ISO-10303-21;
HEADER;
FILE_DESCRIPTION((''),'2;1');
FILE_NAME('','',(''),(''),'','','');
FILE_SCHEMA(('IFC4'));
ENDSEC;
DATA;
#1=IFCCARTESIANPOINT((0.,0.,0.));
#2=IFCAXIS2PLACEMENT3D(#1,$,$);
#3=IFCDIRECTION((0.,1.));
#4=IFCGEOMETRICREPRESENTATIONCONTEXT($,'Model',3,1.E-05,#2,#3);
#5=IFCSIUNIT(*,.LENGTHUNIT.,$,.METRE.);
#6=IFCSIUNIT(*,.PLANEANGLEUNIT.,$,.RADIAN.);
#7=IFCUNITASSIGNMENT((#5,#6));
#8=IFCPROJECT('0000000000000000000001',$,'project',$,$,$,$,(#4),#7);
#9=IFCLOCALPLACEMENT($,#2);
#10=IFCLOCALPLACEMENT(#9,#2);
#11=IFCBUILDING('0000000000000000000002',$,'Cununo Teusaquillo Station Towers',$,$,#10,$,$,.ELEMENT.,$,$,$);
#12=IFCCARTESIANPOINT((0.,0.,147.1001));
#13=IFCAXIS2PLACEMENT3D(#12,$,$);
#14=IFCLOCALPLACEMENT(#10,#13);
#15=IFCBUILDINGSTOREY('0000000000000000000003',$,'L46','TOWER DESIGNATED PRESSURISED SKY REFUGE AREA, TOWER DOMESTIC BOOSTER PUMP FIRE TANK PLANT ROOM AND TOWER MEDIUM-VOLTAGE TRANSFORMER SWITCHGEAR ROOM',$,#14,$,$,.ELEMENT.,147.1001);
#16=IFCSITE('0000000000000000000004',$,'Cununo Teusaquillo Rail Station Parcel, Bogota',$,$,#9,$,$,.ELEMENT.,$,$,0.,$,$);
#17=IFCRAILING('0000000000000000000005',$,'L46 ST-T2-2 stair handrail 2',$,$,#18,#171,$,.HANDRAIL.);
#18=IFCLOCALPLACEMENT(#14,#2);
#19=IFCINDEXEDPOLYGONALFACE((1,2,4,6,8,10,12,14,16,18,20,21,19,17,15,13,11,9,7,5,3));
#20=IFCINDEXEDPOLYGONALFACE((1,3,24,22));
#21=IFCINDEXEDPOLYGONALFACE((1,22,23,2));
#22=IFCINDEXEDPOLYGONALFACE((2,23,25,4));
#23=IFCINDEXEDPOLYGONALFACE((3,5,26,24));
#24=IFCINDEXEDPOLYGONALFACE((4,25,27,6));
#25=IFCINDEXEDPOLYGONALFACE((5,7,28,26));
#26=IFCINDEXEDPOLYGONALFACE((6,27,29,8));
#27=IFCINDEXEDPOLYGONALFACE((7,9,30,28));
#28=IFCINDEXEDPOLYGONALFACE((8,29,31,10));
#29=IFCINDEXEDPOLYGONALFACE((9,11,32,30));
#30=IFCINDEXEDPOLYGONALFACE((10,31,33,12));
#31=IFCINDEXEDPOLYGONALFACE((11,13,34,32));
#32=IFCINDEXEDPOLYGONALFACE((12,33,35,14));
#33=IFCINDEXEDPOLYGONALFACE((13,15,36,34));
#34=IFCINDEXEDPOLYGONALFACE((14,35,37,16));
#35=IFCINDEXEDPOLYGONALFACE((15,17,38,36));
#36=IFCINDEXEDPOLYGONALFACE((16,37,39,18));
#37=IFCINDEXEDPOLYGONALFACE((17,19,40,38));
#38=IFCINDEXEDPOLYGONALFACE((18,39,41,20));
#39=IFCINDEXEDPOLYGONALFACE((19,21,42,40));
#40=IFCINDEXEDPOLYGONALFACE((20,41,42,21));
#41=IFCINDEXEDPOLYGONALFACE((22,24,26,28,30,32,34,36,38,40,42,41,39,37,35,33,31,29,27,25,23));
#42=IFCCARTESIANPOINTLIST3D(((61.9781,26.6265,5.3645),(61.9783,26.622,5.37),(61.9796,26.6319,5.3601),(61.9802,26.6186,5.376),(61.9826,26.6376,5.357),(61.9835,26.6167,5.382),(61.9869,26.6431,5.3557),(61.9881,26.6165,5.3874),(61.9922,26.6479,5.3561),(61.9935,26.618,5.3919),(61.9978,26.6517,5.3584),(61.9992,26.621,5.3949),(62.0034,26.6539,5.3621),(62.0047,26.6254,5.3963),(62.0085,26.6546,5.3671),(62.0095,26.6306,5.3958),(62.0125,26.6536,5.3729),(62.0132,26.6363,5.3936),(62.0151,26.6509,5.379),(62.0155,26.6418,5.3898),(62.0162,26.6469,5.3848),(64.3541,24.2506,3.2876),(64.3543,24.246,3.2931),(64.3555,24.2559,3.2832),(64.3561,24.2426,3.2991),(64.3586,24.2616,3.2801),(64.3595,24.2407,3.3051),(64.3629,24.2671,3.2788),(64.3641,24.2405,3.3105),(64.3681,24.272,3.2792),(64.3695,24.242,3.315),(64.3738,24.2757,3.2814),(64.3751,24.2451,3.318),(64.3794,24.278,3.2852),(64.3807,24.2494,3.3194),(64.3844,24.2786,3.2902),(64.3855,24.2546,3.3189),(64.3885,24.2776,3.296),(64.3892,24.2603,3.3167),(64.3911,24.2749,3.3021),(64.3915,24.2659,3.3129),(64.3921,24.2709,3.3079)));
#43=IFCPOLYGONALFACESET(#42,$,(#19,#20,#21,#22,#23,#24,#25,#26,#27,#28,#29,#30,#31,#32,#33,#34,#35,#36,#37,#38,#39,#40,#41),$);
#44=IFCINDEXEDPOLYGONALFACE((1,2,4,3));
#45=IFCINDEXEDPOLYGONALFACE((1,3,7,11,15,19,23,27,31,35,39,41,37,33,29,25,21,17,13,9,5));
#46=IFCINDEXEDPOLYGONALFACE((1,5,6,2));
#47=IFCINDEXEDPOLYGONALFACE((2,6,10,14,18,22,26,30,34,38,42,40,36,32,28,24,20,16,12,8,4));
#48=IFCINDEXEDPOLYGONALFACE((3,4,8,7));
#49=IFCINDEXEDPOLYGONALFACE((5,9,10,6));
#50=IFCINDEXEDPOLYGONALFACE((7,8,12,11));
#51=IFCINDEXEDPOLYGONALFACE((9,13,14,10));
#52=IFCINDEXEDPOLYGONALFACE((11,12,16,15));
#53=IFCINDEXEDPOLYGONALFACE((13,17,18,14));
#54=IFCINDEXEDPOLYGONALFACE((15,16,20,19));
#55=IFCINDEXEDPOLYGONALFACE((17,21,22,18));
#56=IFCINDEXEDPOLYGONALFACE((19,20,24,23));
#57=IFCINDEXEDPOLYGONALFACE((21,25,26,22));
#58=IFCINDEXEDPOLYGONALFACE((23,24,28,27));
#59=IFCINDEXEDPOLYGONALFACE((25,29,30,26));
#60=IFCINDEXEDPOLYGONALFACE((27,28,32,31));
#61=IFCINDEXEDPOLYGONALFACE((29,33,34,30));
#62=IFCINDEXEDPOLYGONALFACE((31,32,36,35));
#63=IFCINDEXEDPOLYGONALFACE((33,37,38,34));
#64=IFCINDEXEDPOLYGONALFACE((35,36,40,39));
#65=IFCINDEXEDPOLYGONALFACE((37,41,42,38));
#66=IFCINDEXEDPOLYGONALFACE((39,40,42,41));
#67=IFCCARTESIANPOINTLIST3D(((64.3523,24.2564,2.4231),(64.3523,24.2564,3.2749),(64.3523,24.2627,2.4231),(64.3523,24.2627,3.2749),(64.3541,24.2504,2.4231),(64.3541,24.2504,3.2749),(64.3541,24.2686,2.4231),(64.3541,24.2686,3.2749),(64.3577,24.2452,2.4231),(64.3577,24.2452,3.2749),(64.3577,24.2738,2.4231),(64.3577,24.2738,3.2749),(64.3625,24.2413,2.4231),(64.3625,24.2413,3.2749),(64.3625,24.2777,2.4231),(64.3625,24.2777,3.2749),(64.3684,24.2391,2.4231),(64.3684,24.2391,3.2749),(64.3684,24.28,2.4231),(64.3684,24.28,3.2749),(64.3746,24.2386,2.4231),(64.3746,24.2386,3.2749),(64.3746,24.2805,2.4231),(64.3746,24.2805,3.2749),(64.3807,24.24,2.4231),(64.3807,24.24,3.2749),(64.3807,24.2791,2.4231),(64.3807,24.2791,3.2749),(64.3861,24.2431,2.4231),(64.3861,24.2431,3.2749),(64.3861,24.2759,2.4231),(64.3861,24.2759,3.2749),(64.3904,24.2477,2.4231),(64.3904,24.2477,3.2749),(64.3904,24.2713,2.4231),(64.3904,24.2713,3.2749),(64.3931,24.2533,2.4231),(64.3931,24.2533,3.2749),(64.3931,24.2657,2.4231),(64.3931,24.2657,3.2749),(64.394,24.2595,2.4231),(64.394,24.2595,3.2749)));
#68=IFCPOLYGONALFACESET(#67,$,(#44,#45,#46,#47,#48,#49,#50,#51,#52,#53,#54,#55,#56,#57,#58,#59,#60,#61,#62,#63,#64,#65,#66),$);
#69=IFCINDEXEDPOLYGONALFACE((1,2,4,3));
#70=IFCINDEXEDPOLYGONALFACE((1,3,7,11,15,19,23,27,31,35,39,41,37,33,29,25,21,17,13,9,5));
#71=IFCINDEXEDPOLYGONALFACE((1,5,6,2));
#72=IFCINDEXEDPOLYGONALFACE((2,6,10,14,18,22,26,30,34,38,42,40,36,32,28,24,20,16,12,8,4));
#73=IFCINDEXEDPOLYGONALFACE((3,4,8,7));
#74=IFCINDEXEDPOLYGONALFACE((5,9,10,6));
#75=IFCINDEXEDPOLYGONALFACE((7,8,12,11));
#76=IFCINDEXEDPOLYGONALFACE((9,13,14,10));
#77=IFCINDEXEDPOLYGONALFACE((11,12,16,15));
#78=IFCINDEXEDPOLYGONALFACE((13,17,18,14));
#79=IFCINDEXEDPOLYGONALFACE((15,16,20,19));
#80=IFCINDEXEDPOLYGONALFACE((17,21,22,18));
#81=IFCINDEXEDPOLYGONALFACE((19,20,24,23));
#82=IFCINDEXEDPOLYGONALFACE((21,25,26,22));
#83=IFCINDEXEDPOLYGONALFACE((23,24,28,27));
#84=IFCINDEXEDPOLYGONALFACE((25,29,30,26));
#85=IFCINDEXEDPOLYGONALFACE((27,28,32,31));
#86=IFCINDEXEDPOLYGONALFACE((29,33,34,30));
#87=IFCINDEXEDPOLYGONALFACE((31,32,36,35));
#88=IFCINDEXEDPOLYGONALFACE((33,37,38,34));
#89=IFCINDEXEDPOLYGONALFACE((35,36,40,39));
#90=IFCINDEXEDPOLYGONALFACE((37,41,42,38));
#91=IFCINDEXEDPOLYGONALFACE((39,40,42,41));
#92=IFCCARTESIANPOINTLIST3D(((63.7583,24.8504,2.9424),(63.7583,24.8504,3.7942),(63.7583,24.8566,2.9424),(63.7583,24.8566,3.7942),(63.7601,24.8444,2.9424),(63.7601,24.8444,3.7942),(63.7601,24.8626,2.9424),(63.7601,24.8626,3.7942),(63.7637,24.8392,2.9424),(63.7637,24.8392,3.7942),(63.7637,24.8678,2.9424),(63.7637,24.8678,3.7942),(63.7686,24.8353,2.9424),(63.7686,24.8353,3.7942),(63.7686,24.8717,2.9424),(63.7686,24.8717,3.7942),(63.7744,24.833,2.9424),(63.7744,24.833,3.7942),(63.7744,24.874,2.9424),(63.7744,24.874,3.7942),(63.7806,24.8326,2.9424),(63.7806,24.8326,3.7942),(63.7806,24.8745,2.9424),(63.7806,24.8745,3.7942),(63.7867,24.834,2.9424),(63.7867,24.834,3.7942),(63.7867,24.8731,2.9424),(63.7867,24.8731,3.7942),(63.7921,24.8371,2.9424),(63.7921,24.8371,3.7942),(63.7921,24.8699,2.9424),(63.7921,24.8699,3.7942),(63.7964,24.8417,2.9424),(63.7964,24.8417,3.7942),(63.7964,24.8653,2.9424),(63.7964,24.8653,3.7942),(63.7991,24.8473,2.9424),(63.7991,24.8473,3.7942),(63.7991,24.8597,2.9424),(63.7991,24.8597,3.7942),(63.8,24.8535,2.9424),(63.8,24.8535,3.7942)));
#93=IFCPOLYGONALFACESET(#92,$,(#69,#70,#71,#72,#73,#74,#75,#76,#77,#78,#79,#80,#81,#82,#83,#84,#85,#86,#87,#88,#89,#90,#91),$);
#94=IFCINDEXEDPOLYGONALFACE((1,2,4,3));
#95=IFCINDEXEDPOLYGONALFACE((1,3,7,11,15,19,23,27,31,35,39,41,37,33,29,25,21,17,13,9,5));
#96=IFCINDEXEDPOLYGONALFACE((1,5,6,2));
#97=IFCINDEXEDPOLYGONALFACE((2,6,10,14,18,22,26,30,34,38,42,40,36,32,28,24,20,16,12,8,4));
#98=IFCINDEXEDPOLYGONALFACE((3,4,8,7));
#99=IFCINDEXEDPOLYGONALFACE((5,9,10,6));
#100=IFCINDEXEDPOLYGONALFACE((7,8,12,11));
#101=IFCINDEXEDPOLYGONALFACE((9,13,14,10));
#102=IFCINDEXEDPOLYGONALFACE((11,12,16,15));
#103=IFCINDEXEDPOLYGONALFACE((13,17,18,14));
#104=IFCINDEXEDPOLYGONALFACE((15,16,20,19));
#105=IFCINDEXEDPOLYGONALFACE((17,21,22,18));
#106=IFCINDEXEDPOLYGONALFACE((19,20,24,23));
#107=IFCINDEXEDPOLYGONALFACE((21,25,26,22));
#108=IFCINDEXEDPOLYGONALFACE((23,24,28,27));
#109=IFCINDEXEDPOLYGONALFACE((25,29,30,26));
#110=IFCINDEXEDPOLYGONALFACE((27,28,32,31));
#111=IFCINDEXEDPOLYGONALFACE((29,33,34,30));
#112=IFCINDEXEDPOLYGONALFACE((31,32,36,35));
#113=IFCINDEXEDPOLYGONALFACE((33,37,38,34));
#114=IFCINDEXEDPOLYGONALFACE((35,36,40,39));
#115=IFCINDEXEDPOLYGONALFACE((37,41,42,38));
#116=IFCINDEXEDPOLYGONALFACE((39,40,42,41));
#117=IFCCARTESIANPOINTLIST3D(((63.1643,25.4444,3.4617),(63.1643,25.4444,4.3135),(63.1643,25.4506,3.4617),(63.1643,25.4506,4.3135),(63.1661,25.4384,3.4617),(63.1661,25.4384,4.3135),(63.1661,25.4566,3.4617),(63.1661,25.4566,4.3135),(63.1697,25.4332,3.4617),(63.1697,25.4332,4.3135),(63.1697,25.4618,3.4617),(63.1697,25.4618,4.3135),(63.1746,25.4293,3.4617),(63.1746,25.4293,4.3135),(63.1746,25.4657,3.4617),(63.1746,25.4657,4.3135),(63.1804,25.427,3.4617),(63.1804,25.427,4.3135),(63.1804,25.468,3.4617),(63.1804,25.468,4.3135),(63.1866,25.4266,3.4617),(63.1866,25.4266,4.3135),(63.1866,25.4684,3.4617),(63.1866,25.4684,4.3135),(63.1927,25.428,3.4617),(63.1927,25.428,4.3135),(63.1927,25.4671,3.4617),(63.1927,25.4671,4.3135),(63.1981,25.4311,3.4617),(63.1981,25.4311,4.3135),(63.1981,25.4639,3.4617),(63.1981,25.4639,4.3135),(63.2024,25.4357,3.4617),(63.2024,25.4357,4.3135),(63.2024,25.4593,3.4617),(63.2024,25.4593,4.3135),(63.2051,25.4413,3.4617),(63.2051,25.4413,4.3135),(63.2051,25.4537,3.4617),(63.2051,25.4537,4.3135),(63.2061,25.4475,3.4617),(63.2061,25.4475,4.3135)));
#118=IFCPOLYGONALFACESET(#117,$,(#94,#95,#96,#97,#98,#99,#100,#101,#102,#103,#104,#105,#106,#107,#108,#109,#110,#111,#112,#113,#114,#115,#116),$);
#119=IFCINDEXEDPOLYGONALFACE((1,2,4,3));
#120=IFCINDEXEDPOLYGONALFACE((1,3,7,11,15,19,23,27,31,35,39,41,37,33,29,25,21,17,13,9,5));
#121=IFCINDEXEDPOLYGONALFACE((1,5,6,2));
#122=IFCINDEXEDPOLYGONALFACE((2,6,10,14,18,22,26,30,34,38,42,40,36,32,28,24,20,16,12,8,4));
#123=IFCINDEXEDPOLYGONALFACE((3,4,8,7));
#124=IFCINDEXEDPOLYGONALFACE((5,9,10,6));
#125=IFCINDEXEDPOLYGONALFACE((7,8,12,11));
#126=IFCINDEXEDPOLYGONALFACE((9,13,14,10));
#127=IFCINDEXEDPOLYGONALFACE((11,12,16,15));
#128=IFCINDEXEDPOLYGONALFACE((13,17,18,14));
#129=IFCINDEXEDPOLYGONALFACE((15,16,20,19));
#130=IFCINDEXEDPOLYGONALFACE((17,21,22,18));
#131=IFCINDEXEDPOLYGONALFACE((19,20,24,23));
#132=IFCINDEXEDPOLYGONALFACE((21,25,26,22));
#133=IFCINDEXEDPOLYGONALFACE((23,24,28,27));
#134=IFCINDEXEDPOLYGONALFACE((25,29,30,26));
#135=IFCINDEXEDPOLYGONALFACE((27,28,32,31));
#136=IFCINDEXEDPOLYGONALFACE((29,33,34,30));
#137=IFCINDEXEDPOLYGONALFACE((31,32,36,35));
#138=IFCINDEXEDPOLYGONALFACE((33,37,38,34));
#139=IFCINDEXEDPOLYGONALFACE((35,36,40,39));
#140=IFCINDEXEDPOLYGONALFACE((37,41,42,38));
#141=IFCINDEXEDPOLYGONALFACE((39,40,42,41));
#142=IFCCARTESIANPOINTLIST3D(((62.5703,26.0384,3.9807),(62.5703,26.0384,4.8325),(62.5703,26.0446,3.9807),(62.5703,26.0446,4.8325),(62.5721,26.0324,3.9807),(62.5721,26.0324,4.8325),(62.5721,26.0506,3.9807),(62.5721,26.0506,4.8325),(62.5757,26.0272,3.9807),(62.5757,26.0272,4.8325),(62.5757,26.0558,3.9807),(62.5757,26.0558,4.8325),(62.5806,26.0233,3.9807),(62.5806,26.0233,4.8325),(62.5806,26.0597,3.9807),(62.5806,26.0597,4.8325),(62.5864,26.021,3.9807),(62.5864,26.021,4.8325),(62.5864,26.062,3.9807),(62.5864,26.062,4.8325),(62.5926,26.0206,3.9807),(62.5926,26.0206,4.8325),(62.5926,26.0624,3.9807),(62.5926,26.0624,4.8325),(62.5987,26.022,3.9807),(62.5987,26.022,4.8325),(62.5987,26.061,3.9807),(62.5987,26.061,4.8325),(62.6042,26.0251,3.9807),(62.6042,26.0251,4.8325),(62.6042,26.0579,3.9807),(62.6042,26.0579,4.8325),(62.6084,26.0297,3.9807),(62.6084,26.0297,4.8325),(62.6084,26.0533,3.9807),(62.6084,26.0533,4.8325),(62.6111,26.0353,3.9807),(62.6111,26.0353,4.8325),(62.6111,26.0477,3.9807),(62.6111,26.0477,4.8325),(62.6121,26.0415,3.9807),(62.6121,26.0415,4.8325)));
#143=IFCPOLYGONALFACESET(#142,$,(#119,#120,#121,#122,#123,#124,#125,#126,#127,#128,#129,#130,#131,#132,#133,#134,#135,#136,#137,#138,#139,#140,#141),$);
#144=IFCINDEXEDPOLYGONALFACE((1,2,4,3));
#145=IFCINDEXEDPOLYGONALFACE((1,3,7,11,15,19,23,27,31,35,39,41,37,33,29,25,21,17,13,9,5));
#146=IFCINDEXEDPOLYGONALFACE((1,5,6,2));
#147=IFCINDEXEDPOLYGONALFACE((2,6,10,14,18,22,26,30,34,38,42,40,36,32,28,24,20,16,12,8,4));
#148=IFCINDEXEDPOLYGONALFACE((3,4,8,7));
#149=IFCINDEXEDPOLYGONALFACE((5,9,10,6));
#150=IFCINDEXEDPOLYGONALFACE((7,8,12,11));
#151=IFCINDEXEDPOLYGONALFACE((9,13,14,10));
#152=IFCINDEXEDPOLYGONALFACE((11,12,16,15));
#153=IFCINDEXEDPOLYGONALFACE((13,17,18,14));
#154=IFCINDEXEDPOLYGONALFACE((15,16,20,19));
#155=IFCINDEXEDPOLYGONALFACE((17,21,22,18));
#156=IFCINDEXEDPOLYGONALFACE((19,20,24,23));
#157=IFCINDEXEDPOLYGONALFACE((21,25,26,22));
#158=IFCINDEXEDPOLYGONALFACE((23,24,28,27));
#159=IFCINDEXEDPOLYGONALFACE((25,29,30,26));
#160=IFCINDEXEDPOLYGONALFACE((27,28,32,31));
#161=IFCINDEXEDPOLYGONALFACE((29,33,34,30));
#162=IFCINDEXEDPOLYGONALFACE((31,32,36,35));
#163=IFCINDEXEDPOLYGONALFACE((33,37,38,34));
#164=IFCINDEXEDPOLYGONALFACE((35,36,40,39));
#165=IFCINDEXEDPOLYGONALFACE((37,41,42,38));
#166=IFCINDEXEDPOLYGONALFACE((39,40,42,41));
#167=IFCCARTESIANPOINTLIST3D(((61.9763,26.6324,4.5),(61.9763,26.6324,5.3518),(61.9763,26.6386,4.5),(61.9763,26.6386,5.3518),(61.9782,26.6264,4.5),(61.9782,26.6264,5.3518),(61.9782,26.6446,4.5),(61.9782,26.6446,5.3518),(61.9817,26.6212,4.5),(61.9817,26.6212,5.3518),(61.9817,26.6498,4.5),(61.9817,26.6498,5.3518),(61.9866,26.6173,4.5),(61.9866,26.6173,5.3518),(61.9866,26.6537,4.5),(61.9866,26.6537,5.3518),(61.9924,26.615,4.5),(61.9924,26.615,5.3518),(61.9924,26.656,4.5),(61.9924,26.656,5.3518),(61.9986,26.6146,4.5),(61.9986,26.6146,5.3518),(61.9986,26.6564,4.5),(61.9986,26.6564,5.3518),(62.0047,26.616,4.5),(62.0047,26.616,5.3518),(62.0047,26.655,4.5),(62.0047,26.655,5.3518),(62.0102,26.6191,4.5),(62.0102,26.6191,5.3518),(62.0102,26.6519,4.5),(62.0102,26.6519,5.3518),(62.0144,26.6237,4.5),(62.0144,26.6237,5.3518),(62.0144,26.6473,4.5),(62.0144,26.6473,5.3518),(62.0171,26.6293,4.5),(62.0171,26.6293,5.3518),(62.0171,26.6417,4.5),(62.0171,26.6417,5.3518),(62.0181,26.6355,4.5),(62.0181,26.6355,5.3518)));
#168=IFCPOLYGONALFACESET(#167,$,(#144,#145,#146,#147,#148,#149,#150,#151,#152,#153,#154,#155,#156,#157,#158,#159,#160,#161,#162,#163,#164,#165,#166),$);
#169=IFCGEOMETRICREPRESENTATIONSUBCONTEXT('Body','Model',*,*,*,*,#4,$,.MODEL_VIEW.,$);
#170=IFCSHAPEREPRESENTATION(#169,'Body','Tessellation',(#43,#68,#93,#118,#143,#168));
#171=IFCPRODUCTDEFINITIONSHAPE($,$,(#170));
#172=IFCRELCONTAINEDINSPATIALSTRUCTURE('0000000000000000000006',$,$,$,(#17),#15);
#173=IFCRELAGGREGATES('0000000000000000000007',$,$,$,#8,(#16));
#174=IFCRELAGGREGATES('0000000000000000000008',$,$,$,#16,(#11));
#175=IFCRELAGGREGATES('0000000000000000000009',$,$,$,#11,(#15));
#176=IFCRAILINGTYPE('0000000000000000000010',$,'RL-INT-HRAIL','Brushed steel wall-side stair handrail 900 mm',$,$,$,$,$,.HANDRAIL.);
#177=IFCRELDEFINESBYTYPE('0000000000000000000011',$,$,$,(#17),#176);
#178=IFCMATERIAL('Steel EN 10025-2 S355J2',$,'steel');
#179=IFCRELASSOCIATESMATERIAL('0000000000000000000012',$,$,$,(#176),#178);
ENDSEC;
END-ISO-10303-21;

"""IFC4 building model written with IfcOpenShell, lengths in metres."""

from ifc_helpers import new_model, si_unit, direction, frame, origin, origin_2d, place, context, subcontext, project, spatial, circle, extrude, material, type_object, element, save


model = new_model("IFC4")

# Units and contexts
model_context = context("Model", 3, precision=1e-05, world=origin(), true_north=direction((0.0, 1.0)))
body_context = subcontext(model_context, "Body", "Model", "MODEL_VIEW")
ifc_project = project(units=[si_unit("LENGTHUNIT", "METRE"), si_unit("PLANEANGLEUNIT", "RADIAN")], contexts=[model_context])

# Site, building, storey
site_placement = place(None, origin())
site = spatial("IfcSite", under=ifc_project, at=site_placement, Name="Cununo Teusaquillo Rail Station Parcel, Bogota", CompositionType="ELEMENT", RefElevation=0.0)
building_placement = place(site_placement, origin())
building = spatial("IfcBuilding", under=site, at=building_placement, Name="Cununo Teusaquillo Station Towers", CompositionType="ELEMENT")
storey_placement = place(building_placement, frame((0.0, 0.0, 147.1001)))
storey = spatial("IfcBuildingStorey", under=building, at=storey_placement, Name="L46", Description="TOWER DESIGNATED PRESSURISED SKY REFUGE AREA, TOWER DOMESTIC BOOSTER PUMP FIRE TANK PLANT ROOM AND TOWER MEDIUM-VOLTAGE TRANSFORMER SWITCHGEAR ROOM", CompositionType="ELEMENT", Elevation=147.1001)

# Railing
ifc_material_1 = material(Name="Steel EN 10025-2 S355J2", Category="steel")
railing_type_1 = type_object("IfcRailingType", Name="RL-INT-HRAIL", Description="Brushed steel wall-side stair handrail 900 mm", PredefinedType="HANDRAIL", material=ifc_material_1)
railing_1_placement = place(storey_placement, frame((64.373, 24.2595, 2.4231)))
element("IfcRailing", 1, at=railing_1_placement, inside=storey, type_object=railing_type_1, Name="L46 ST-T2-2 stair handrail 2", PredefinedType="HANDRAIL", context=body_context, shape_type="SweptSolid", body=[
    extrude(circle(Radius=0.0239, at=origin_2d()), frame((0.0, 0.0, 0.876), z_axis=(-0.601483, 0.601483, 0.525772), x_axis=(-0.707107, -0.707107, 0.0)), (0.0, 0.0, 1.0), 3.9502),
    extrude(circle(Radius=0.021, at=origin_2d()), origin(), (0.0, 0.0, 1.0), 0.8518),
    extrude(circle(Radius=0.021, at=origin_2d()), frame((-0.594, 0.594, 0.5193)), (0.0, 0.0, 1.0), 0.8518),
    extrude(circle(Radius=0.021, at=origin_2d()), frame((-1.188, 1.188, 1.0386)), (0.0, 0.0, 1.0), 0.8518),
    extrude(circle(Radius=0.021, at=origin_2d()), frame((-1.782, 1.782, 1.5576)), (0.0, 0.0, 1.0), 0.8518),
    extrude(circle(Radius=0.021, at=origin_2d()), frame((-2.376, 2.376, 2.0769)), (0.0, 0.0, 1.0), 0.8518),
])

save(model, "model.ifc")
